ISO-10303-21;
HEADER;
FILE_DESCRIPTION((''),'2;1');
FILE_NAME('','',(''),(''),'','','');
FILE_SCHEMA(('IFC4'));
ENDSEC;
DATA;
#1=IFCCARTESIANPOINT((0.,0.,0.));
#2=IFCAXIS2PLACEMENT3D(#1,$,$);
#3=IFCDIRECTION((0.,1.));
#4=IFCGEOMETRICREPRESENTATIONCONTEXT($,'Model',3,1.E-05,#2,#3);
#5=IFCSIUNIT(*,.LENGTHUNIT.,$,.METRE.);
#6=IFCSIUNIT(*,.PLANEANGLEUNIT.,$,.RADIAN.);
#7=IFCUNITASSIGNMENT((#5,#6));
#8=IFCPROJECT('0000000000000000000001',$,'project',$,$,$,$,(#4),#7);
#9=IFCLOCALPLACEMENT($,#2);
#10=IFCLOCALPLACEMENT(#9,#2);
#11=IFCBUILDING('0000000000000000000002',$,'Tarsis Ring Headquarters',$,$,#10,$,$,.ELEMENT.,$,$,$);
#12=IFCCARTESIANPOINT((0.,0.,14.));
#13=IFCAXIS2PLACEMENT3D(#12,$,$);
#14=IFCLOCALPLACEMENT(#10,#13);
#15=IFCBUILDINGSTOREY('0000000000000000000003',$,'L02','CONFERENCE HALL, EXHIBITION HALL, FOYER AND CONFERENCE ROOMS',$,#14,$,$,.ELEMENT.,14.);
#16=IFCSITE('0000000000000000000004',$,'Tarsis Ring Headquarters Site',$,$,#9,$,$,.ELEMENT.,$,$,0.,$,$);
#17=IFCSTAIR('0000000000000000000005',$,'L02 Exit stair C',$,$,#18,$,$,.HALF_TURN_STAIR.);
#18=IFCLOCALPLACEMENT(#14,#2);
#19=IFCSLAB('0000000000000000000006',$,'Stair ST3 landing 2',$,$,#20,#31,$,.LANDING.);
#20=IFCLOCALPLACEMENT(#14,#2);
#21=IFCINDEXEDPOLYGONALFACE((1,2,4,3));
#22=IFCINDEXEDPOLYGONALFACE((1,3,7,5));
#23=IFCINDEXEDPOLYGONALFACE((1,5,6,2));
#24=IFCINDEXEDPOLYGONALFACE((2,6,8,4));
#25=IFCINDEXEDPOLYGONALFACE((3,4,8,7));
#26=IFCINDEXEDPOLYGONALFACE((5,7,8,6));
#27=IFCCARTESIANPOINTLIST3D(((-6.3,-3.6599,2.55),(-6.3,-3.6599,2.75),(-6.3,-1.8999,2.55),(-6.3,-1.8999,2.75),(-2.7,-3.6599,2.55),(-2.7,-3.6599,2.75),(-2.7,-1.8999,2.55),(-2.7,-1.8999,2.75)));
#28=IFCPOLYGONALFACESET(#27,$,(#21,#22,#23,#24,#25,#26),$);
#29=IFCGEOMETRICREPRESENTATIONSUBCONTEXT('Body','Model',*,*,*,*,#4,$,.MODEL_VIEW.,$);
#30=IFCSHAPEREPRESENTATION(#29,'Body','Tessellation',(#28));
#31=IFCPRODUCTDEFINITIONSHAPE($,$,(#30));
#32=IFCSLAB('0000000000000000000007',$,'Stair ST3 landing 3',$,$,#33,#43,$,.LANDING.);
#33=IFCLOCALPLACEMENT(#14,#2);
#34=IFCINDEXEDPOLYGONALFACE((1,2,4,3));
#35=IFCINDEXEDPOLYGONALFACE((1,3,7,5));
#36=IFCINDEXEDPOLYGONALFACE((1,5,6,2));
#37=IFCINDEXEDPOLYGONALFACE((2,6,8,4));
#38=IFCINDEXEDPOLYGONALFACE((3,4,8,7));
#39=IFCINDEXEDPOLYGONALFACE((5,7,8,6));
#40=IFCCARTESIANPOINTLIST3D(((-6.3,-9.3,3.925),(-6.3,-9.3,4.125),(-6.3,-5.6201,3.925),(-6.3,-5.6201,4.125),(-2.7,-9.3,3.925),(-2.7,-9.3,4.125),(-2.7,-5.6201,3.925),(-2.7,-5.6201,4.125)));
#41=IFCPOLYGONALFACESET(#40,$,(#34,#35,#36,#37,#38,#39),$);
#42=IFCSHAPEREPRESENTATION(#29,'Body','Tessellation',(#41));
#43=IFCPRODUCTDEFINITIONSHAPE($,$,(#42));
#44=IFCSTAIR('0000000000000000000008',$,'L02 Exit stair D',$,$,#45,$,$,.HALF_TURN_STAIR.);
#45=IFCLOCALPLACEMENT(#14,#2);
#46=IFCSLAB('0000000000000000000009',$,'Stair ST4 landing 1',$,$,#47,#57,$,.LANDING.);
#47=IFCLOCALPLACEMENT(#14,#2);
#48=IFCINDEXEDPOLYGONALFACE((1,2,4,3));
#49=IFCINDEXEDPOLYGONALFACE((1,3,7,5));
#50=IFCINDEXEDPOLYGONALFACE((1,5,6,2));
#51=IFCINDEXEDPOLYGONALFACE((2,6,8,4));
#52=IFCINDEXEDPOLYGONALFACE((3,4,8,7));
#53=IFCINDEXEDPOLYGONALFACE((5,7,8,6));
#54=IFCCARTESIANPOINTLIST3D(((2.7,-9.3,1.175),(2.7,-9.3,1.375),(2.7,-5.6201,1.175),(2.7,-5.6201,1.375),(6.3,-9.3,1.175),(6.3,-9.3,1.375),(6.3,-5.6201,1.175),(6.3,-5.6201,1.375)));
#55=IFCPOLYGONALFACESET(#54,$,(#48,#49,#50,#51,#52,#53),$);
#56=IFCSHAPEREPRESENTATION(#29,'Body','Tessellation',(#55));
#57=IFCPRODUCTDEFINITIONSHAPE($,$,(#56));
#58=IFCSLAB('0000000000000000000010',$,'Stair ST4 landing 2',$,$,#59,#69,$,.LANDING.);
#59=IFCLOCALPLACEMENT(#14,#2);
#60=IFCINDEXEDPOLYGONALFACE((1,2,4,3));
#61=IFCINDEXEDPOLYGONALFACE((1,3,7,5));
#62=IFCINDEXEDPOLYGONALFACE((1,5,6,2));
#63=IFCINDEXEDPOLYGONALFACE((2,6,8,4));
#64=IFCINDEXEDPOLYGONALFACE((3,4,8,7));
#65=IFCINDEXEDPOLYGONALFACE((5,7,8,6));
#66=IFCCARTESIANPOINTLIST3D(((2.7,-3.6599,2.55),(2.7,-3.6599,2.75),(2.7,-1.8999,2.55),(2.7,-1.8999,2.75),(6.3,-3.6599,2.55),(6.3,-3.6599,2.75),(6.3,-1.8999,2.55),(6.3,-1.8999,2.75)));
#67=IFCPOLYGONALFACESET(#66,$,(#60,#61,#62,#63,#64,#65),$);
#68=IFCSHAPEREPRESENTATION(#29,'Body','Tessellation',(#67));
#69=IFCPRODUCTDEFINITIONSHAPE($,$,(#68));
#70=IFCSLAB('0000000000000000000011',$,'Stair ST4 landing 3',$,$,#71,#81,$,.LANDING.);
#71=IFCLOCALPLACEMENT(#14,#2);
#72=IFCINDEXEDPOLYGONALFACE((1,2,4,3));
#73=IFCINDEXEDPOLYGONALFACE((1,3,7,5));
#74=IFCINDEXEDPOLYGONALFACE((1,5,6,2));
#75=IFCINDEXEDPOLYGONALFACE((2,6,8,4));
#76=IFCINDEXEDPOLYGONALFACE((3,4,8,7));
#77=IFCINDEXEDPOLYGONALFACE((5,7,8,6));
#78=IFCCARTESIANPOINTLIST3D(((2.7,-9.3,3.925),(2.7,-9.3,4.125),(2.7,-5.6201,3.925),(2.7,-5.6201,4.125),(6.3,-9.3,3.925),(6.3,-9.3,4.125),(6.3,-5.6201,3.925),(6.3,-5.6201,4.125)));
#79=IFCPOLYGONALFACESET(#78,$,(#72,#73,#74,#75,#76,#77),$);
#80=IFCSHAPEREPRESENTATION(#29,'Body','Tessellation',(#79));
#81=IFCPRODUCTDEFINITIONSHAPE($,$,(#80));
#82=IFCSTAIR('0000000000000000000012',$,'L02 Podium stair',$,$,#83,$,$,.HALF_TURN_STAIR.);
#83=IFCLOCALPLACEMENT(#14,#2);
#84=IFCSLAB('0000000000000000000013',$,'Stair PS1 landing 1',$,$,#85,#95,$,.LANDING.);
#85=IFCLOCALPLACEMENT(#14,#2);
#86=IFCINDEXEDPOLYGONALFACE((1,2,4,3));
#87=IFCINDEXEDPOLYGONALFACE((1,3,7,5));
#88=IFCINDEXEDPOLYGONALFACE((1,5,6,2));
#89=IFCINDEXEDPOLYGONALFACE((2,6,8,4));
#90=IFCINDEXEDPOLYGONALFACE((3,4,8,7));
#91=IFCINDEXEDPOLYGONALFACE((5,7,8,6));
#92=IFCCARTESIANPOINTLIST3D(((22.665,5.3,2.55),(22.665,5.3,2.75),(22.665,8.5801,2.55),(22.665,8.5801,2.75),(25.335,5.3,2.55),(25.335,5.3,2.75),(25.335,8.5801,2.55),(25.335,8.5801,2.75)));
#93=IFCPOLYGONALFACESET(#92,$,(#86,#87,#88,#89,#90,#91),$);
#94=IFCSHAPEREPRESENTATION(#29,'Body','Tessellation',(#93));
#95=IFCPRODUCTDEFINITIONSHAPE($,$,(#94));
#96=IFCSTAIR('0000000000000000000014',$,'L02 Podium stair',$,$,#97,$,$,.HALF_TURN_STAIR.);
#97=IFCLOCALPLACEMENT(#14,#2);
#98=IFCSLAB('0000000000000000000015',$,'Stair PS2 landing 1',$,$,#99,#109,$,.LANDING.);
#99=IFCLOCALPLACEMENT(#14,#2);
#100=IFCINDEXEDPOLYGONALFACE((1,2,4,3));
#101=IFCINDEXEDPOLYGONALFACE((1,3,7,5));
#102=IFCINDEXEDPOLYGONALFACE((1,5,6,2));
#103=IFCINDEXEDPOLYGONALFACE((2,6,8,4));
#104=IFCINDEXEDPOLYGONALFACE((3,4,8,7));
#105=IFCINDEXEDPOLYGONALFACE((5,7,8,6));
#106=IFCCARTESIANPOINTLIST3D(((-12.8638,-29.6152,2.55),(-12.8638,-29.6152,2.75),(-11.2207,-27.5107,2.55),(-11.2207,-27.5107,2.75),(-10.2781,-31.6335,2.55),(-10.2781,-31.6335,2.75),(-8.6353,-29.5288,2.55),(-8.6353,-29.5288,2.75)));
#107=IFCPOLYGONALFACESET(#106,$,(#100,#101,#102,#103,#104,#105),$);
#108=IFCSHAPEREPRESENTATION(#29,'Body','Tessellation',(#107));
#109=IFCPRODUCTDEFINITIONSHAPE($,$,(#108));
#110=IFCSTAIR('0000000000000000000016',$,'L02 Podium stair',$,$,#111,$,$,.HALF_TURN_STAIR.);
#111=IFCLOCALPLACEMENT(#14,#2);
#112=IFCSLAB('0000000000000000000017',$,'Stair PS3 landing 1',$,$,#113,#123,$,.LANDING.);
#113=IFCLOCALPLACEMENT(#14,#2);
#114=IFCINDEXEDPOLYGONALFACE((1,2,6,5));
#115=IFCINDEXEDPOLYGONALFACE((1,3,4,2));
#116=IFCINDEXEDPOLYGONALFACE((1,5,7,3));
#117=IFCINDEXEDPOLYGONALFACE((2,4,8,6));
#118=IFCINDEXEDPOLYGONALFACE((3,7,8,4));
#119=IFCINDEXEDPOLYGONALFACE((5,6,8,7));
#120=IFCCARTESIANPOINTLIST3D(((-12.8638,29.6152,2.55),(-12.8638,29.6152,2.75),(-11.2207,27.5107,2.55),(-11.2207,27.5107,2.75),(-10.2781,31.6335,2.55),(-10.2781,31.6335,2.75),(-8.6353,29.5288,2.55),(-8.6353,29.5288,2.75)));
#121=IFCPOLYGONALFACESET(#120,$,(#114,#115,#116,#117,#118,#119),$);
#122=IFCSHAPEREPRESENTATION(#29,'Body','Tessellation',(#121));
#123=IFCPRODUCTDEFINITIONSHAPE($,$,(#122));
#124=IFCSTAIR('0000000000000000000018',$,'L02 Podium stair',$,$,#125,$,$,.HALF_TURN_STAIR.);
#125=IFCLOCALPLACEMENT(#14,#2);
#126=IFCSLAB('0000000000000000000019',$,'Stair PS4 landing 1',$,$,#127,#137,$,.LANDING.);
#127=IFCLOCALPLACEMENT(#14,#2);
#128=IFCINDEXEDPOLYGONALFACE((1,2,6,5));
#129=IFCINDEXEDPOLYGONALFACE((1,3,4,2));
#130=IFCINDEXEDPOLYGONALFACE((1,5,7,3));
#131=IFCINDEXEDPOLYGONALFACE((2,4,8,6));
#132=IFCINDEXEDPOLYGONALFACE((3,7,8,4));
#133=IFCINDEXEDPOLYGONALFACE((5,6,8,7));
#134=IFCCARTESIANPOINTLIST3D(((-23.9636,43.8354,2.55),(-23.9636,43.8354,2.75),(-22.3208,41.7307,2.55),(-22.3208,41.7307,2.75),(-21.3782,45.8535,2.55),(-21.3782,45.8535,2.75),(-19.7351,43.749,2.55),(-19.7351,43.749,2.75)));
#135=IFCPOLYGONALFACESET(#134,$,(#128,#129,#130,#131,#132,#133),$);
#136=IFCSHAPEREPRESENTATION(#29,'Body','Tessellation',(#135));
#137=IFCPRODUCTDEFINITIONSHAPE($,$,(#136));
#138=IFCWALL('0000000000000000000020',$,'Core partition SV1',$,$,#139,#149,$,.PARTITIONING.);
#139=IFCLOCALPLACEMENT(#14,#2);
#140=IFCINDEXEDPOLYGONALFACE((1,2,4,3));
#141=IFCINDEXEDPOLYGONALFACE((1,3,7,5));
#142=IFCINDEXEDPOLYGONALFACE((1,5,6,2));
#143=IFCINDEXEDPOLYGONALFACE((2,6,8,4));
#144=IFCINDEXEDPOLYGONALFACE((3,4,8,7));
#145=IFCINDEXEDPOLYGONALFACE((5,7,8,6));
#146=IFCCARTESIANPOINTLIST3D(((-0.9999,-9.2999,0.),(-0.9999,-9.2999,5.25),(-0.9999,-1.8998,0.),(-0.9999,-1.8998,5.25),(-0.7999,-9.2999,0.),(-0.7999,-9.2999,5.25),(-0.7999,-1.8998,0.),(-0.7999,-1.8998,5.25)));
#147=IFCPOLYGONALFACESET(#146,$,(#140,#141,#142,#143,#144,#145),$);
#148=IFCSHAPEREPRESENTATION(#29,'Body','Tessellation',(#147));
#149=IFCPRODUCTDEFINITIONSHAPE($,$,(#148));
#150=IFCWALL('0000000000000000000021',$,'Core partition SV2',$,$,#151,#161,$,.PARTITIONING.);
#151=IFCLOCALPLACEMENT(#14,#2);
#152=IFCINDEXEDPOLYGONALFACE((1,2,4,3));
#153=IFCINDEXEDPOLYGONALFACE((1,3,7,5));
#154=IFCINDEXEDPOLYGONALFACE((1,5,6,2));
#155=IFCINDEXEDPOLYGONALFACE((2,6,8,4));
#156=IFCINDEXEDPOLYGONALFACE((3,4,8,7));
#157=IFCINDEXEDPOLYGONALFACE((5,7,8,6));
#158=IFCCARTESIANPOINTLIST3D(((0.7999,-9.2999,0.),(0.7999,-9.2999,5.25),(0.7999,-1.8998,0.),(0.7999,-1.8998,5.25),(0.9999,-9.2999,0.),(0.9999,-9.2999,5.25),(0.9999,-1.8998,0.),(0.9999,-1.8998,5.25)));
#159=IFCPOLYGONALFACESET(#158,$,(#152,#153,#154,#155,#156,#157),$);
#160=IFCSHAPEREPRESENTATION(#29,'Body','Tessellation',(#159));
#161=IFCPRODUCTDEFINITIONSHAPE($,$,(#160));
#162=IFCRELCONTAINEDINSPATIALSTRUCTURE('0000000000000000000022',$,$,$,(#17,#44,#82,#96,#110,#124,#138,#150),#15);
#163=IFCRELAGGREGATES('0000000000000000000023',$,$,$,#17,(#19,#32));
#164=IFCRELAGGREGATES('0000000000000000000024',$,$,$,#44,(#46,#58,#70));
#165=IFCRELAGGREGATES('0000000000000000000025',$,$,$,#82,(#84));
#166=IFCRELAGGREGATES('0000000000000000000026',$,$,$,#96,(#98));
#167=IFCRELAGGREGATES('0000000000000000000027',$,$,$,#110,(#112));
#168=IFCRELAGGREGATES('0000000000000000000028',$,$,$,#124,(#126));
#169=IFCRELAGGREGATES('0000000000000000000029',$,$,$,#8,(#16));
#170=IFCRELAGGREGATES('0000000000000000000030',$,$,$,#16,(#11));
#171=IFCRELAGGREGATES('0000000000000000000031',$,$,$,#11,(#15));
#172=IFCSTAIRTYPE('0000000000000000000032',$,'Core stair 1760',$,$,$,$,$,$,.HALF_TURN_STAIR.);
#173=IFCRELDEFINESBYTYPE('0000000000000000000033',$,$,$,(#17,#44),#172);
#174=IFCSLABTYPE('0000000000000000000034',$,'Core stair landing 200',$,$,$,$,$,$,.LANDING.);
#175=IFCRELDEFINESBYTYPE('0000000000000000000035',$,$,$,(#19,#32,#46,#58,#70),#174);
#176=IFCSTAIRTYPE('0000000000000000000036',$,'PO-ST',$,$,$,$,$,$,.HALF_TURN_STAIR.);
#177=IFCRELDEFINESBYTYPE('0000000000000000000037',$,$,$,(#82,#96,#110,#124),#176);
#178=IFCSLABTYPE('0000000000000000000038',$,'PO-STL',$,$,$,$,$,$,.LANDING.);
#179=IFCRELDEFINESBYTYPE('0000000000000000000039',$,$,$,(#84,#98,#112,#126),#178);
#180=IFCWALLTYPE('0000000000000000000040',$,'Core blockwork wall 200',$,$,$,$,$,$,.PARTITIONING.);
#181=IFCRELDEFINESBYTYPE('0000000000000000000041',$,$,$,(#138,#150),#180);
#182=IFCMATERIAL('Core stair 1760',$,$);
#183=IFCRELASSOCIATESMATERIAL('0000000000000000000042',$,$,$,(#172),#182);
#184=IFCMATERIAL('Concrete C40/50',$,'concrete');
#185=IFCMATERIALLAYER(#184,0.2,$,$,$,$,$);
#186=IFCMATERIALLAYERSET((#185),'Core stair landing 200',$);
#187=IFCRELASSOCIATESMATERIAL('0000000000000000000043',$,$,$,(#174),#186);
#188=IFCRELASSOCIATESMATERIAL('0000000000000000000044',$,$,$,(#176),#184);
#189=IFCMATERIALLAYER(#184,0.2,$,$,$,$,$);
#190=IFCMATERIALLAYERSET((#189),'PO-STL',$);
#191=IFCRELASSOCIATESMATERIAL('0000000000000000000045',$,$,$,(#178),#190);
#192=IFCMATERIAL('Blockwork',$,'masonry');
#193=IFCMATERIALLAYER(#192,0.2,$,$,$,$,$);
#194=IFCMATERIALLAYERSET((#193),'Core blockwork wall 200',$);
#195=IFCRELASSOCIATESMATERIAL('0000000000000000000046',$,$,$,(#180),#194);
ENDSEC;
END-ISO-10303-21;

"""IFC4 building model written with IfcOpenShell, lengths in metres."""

from ifc_helpers import new_model, si_unit, direction, frame, frame_2d, origin, place, context, subcontext, project, spatial, polyline, rectangle, outline, extrude, material, layer, layer_set, type_object, element, aggregate, save


model = new_model("IFC4")

# Units and contexts
model_context = context("Model", 3, precision=1e-05, world=origin(), true_north=direction((0.0, 1.0)))
body_context = subcontext(model_context, "Body", "Model", "MODEL_VIEW")
ifc_project = project(units=[si_unit("LENGTHUNIT", "METRE"), si_unit("PLANEANGLEUNIT", "RADIAN")], contexts=[model_context])

# Site, building, storey
site_placement = place(None, origin())
site = spatial("IfcSite", under=ifc_project, at=site_placement, Name="Tarsis Ring Headquarters Site", CompositionType="ELEMENT", RefElevation=0.0)
building_placement = place(site_placement, origin())
building = spatial("IfcBuilding", under=site, at=building_placement, Name="Tarsis Ring Headquarters", CompositionType="ELEMENT")
storey_placement = place(building_placement, frame((0.0, 0.0, 14.0)))
storey = spatial("IfcBuildingStorey", under=building, at=storey_placement, Name="L02", Description="CONFERENCE HALL, EXHIBITION HALL, FOYER AND CONFERENCE ROOMS", CompositionType="ELEMENT", Elevation=14.0)

# Shared definitions
ifc_material_1 = material(Name="Concrete C40/50", Category="concrete")

# Stairs, slabs
ifc_material_2 = material(Name="Core stair 1760")
stair_type_1 = type_object("IfcStairType", Name="Core stair 1760", PredefinedType="HALF_TURN_STAIR", material=ifc_material_2)
ifc_layer_1 = layer(ifc_material_1, 0.2)
ifc_layer_set_1 = layer_set([ifc_layer_1], Name="Core stair landing 200")
slab_type_1 = type_object("IfcSlabType", Name="Core stair landing 200", PredefinedType="LANDING", material=ifc_layer_set_1)
stair_1_placement = place(storey_placement, origin())
stair_1 = element("IfcStair", 1, at=stair_1_placement, inside=storey, type_object=stair_type_1, Name="L02 Exit stair C", PredefinedType="HALF_TURN_STAIR")
slab_1_placement = place(storey_placement, frame((0.0, 0.0, 2.55)))
slab_1 = element("IfcSlab", 2, at=slab_1_placement, type_object=slab_type_1, Name="Stair ST3 landing 2", PredefinedType="LANDING", context=body_context, shape_type="SweptSolid", body=[
    extrude(outline(polyline([(-6.3, -1.8999), (-6.3, -3.6599), (-2.7, -3.6599), (-2.7, -1.8999), (-6.3, -1.8999)])), origin(), (0.0, 0.0, 1.0), 0.2),
])
slab_2_placement = place(storey_placement, frame((0.0, 0.0, 3.925)))
slab_2 = element("IfcSlab", 3, at=slab_2_placement, type_object=slab_type_1, Name="Stair ST3 landing 3", PredefinedType="LANDING", context=body_context, shape_type="SweptSolid", body=[
    extrude(outline(polyline([(-6.3, -5.6201), (-6.3, -9.3), (-2.7, -9.3), (-2.7, -5.6201), (-6.3, -5.6201)])), origin(), (0.0, 0.0, 1.0), 0.2),
])
aggregate(stair_1, [slab_1, slab_2])
stair_2_placement = place(storey_placement, origin())
stair_2 = element("IfcStair", 4, at=stair_2_placement, inside=storey, type_object=stair_type_1, Name="L02 Exit stair D", PredefinedType="HALF_TURN_STAIR")
slab_3_placement = place(storey_placement, frame((0.0, 0.0, 1.175)))
slab_3 = element("IfcSlab", 5, at=slab_3_placement, type_object=slab_type_1, Name="Stair ST4 landing 1", PredefinedType="LANDING", context=body_context, shape_type="SweptSolid", body=[
    extrude(outline(polyline([(2.7, -5.6201), (2.7, -9.3), (6.3, -9.3), (6.3, -5.6201), (2.7, -5.6201)])), origin(), (0.0, 0.0, 1.0), 0.2),
])
slab_4_placement = place(storey_placement, frame((0.0, 0.0, 2.55)))
slab_4 = element("IfcSlab", 6, at=slab_4_placement, type_object=slab_type_1, Name="Stair ST4 landing 2", PredefinedType="LANDING", context=body_context, shape_type="SweptSolid", body=[
    extrude(outline(polyline([(2.7, -1.8999), (2.7, -3.6599), (6.3, -3.6599), (6.3, -1.8999), (2.7, -1.8999)])), origin(), (0.0, 0.0, 1.0), 0.2),
])
slab_5_placement = place(storey_placement, frame((0.0, 0.0, 3.925)))
slab_5 = element("IfcSlab", 7, at=slab_5_placement, type_object=slab_type_1, Name="Stair ST4 landing 3", PredefinedType="LANDING", context=body_context, shape_type="SweptSolid", body=[
    extrude(outline(polyline([(2.7, -5.6201), (2.7, -9.3), (6.3, -9.3), (6.3, -5.6201), (2.7, -5.6201)])), origin(), (0.0, 0.0, 1.0), 0.2),
])
aggregate(stair_2, [slab_3, slab_4, slab_5])

# Stairs, slabs
stair_type_2 = type_object("IfcStairType", Name="PO-ST", PredefinedType="HALF_TURN_STAIR", material=ifc_material_1)
stair_3_placement = place(storey_placement, origin())
stair_3 = element("IfcStair", 8, at=stair_3_placement, inside=storey, type_object=stair_type_2, Name="L02 Podium stair", PredefinedType="HALF_TURN_STAIR")
ifc_layer_2 = layer(ifc_material_1, 0.2)
ifc_layer_set_2 = layer_set([ifc_layer_2], Name="PO-STL")
slab_type_2 = type_object("IfcSlabType", Name="PO-STL", PredefinedType="LANDING", material=ifc_layer_set_2)
slab_6_placement = place(storey_placement, frame((0.0, 0.0, 2.55)))
slab_6 = element("IfcSlab", 9, at=slab_6_placement, type_object=slab_type_2, Name="Stair PS1 landing 1", PredefinedType="LANDING", context=body_context, shape_type="SweptSolid", body=[
    extrude(outline(polyline([(25.335, 5.3), (25.335, 8.5801), (22.665, 8.5801), (22.665, 5.3), (25.335, 5.3)])), origin(), (0.0, 0.0, 1.0), 0.2),
])
aggregate(stair_3, [slab_6])
stair_4_placement = place(storey_placement, origin())
stair_4 = element("IfcStair", 10, at=stair_4_placement, inside=storey, type_object=stair_type_2, Name="L02 Podium stair", PredefinedType="HALF_TURN_STAIR")
slab_7_placement = place(storey_placement, frame((0.0, 0.0, 2.55)))
slab_7 = element("IfcSlab", 11, at=slab_7_placement, type_object=slab_type_2, Name="Stair PS2 landing 1", PredefinedType="LANDING", context=body_context, shape_type="SweptSolid", body=[
    extrude(outline(polyline([(-8.6353, -29.5288), (-11.2207, -27.5107), (-12.8638, -29.6152), (-10.2781, -31.6335), (-8.6353, -29.5288)])), origin(), (0.0, 0.0, 1.0), 0.2),
])
aggregate(stair_4, [slab_7])
stair_5_placement = place(storey_placement, origin())
stair_5 = element("IfcStair", 12, at=stair_5_placement, inside=storey, type_object=stair_type_2, Name="L02 Podium stair", PredefinedType="HALF_TURN_STAIR")
slab_8_placement = place(storey_placement, frame((0.0, 0.0, 2.55)))
slab_8 = element("IfcSlab", 13, at=slab_8_placement, type_object=slab_type_2, Name="Stair PS3 landing 1", PredefinedType="LANDING", context=body_context, shape_type="SweptSolid", body=[
    extrude(outline(polyline([(-10.2781, 31.6335), (-12.8638, 29.6152), (-11.2207, 27.5107), (-8.6353, 29.5288), (-10.2781, 31.6335)])), origin(), (0.0, 0.0, 1.0), 0.2),
])
aggregate(stair_5, [slab_8])
stair_6_placement = place(storey_placement, origin())
stair_6 = element("IfcStair", 14, at=stair_6_placement, inside=storey, type_object=stair_type_2, Name="L02 Podium stair", PredefinedType="HALF_TURN_STAIR")
slab_9_placement = place(storey_placement, frame((0.0, 0.0, 2.55)))
slab_9 = element("IfcSlab", 15, at=slab_9_placement, type_object=slab_type_2, Name="Stair PS4 landing 1", PredefinedType="LANDING", context=body_context, shape_type="SweptSolid", body=[
    extrude(outline(polyline([(-21.3782, 45.8535), (-23.9636, 43.8354), (-22.3208, 41.7307), (-19.7351, 43.749), (-21.3782, 45.8535)])), origin(), (0.0, 0.0, 1.0), 0.2),
])
aggregate(stair_6, [slab_9])

# Walls
ifc_material_3 = material(Name="Blockwork", Category="masonry")
ifc_layer_3 = layer(ifc_material_3, 0.2)
ifc_layer_set_3 = layer_set([ifc_layer_3], Name="Core blockwork wall 200")
wall_type = type_object("IfcWallType", Name="Core blockwork wall 200", PredefinedType="PARTITIONING", material=ifc_layer_set_3)
for number, where, z_axis, x_axis, name in (
    (16, (-0.8999, -9.3, 0.0), (0.0, 0.0, 1.0), (0.0, 1.0, 0.0), "Core partition SV1"),
    (17, (0.8999, -9.3, 0.0), (0.0, 0.0, 1.0), (0.0, 1.0, 0.0), "Core partition SV2"),
):
    element("IfcWall", number, at=place(storey_placement, frame(where, z_axis=z_axis, x_axis=x_axis)), inside=storey, type_object=wall_type, Name=name, PredefinedType="PARTITIONING", context=body_context, shape_type="SweptSolid", body=[
        extrude(rectangle(XDim=7.4001, YDim=0.2, at=frame_2d((3.7002, 0.0))), origin(), (0.0, 0.0, 1.0), 5.25),
    ])

save(model, "model.ifc")
